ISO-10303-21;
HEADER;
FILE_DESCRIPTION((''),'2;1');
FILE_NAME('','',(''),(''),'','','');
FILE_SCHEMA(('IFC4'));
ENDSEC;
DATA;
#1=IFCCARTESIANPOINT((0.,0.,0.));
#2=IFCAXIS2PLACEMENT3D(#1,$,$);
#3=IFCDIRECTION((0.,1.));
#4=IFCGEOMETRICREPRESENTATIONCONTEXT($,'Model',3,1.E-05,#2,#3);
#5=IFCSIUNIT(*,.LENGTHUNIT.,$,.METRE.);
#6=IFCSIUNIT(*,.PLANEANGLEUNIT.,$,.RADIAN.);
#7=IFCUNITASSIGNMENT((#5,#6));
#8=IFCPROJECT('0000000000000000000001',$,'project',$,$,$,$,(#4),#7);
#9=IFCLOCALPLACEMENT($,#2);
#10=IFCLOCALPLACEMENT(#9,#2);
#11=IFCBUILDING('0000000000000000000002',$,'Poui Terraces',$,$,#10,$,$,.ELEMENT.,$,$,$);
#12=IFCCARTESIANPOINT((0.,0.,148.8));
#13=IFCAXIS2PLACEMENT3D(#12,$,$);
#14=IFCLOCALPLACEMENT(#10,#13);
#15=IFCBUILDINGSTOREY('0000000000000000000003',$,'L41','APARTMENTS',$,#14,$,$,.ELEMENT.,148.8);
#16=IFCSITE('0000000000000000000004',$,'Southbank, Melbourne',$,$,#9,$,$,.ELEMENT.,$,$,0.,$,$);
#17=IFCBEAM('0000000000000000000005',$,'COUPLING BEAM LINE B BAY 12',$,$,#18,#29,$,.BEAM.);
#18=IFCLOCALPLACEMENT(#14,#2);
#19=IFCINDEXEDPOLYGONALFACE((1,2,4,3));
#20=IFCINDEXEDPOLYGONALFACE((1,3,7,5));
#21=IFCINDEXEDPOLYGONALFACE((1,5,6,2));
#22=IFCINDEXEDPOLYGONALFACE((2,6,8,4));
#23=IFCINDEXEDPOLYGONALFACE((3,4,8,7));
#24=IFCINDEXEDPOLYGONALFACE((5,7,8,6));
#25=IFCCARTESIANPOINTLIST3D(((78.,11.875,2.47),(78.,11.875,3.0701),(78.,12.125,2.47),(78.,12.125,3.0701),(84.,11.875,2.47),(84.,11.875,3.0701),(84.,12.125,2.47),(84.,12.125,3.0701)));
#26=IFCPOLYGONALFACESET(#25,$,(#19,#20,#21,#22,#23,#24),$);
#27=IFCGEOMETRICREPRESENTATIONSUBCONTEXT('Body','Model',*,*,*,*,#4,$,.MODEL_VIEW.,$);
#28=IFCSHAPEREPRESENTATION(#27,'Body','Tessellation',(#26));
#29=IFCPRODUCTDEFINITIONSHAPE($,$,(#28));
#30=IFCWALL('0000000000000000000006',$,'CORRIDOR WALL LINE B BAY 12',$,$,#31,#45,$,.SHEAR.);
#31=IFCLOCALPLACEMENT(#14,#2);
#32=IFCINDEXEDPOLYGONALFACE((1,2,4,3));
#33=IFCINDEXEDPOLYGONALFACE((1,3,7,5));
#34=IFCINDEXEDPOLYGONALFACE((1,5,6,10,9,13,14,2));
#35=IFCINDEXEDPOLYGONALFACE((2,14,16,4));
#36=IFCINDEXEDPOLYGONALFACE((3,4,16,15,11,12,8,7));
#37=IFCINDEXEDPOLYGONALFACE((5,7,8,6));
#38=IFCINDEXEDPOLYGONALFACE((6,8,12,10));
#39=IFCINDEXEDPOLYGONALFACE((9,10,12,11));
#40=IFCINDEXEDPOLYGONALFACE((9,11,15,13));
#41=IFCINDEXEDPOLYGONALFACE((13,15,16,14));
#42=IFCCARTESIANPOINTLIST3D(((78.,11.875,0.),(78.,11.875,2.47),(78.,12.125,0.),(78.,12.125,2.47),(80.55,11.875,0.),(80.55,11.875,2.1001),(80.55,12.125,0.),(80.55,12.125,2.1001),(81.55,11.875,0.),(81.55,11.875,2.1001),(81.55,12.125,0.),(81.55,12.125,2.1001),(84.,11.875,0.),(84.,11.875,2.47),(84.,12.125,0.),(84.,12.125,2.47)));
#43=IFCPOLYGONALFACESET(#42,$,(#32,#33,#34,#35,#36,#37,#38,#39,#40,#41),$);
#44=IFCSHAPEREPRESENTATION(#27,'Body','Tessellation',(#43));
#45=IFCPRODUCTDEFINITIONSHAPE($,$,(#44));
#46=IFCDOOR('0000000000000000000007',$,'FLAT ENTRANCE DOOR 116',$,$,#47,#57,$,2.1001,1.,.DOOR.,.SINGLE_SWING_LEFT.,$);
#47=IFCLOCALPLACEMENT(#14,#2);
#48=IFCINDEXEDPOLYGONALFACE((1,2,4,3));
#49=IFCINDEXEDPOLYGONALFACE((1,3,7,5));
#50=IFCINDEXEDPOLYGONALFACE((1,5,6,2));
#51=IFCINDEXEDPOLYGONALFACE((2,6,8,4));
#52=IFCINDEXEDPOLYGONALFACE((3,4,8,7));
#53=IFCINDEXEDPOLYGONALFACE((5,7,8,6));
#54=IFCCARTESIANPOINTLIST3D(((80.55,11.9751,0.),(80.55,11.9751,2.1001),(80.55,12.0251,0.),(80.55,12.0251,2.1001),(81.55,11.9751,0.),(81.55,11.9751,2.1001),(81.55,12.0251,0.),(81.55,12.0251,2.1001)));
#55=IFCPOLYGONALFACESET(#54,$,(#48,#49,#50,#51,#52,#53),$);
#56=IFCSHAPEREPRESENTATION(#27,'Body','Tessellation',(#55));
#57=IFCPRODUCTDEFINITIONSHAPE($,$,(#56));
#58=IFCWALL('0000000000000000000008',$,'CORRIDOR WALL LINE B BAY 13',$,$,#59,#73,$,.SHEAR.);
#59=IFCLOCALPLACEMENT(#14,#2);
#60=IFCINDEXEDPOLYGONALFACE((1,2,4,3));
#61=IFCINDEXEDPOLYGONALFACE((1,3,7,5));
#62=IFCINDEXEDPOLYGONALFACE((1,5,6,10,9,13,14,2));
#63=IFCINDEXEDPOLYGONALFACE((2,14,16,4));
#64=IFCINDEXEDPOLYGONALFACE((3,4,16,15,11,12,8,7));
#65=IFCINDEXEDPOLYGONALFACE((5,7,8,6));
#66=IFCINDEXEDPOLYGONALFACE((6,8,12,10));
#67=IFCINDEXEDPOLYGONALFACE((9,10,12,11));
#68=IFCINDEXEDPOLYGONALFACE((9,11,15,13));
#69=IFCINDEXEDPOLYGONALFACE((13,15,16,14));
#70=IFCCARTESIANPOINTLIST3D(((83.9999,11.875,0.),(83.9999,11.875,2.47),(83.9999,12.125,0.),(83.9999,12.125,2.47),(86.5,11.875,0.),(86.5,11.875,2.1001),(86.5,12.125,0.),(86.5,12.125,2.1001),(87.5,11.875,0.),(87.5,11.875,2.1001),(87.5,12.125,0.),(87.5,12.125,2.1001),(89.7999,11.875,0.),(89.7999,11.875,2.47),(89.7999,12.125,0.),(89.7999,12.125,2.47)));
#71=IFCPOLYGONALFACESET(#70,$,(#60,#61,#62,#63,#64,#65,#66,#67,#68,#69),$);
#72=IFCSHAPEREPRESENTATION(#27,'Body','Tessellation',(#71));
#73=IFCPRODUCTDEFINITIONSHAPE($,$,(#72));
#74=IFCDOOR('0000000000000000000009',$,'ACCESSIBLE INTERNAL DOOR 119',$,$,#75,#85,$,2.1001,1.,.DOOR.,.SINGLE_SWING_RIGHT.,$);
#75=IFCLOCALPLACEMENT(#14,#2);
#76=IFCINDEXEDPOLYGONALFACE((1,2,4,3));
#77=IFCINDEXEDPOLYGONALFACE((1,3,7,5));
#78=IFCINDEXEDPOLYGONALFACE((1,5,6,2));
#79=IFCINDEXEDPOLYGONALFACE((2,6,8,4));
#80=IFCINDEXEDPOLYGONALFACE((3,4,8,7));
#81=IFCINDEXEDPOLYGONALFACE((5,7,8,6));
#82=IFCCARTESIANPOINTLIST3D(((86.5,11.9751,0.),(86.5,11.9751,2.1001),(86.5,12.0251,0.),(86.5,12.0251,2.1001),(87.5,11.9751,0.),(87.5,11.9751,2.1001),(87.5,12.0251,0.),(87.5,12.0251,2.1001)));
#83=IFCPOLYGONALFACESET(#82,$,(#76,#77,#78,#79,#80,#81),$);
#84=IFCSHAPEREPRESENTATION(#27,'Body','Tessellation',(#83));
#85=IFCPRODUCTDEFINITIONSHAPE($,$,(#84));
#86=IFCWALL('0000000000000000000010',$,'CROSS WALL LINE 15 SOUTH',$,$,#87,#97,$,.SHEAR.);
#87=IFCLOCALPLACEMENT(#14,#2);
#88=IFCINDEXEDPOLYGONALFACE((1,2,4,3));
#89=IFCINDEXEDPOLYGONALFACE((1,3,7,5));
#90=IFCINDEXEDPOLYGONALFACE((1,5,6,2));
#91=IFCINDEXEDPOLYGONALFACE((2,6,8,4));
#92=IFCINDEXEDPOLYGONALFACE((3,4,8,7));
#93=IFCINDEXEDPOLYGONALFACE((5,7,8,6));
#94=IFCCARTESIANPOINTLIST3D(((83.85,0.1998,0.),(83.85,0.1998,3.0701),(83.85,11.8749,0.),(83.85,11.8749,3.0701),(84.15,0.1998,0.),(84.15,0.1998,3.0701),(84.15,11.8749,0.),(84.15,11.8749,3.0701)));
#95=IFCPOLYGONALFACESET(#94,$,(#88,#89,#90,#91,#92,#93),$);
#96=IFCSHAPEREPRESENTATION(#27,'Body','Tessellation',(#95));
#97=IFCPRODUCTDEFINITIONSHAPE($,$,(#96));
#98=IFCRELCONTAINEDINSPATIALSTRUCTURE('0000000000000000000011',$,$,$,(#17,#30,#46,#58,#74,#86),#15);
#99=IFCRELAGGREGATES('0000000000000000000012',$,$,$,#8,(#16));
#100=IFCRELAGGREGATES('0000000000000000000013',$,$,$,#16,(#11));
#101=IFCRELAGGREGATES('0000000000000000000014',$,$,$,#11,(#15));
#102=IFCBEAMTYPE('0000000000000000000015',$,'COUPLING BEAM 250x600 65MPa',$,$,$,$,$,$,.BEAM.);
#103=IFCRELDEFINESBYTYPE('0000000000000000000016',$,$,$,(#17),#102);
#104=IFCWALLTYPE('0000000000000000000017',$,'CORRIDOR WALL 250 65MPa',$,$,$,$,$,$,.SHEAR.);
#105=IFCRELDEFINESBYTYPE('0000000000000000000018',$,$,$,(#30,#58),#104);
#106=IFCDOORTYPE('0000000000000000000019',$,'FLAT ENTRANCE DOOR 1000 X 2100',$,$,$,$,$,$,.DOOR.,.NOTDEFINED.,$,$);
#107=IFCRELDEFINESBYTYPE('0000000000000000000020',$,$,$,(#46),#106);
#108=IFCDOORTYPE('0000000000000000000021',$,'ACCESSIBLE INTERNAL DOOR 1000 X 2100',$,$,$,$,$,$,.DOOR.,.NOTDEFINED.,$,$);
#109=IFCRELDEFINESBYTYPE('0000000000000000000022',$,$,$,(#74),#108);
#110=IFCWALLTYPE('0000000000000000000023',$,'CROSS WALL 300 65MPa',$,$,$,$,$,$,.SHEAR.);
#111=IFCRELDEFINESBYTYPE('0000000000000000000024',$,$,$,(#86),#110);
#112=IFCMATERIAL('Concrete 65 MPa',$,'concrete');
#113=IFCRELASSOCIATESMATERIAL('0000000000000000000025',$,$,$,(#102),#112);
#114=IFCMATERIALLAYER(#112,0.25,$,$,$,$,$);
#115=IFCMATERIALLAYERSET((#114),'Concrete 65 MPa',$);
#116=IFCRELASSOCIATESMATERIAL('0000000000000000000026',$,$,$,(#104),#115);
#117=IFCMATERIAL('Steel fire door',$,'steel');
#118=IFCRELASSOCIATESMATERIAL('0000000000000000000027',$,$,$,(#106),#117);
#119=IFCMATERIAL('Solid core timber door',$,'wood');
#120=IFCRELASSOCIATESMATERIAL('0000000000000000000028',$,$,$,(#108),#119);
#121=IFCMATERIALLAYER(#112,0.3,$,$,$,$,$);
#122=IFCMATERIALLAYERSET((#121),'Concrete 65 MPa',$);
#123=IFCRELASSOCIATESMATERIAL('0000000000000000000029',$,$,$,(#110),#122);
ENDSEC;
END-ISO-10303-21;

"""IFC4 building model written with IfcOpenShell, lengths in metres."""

from ifc_helpers import new_model, si_unit, direction, frame, frame_2d, origin, origin_2d, place, context, subcontext, project, spatial, rectangle, extrude, source, transform, mapped, material, layer, layer_set, material_profile, profile_set, type_object, element, fill, save


model = new_model("IFC4")

# Units and contexts
model_context = context("Model", 3, precision=1e-05, world=origin(), true_north=direction((0.0, 1.0)))
body_context = subcontext(model_context, "Body", "Model", "MODEL_VIEW")
ifc_project = project(units=[si_unit("LENGTHUNIT", "METRE"), si_unit("PLANEANGLEUNIT", "RADIAN")], contexts=[model_context])

# Site, building, storey
site_placement = place(None, origin())
site = spatial("IfcSite", under=ifc_project, at=site_placement, Name="Southbank, Melbourne", CompositionType="ELEMENT", RefElevation=0.0)
building_placement = place(site_placement, origin())
building = spatial("IfcBuilding", under=site, at=building_placement, Name="Poui Terraces", CompositionType="ELEMENT")
storey_placement = place(building_placement, frame((0.0, 0.0, 148.8)))
storey = spatial("IfcBuildingStorey", under=building, at=storey_placement, Name="L41", Description="APARTMENTS", CompositionType="ELEMENT", Elevation=148.8)

# Beam
ifc_material_1 = material(Name="Concrete 65 MPa", Category="concrete")
ifc_material_profile = material_profile(ifc_material_1, rectangle(XDim=0.25, YDim=0.6001, at=origin_2d()), Name="RC 250x600")
ifc_profile_set = profile_set([ifc_material_profile], Name="Concrete 65 MPa")
beam_type = type_object("IfcBeamType", Name="COUPLING BEAM 250x600 65MPa", PredefinedType="BEAM", material=ifc_profile_set)
shared_shape = source(origin(), body_context, "Body", "SweptSolid", [
    extrude(rectangle(XDim=0.25, YDim=0.6001, at=origin_2d()), origin(), (0.0, 0.0, 1.0), 6.0),
])
beam_placement = place(storey_placement, frame((78.0, 12.0, 2.77), z_axis=(1.0, 0.0, 0.0), x_axis=(0.0, 1.0, 0.0)))
element("IfcBeam", 1, at=beam_placement, inside=storey, type_object=beam_type, Name="COUPLING BEAM LINE B BAY 12", PredefinedType="BEAM", context=body_context, shape_type="MappedRepresentation", body=[
    mapped(shared_shape, transform((0.0, 0.0, 0.0))),
])

# Walls, openings, doors
ifc_layer_1 = layer(ifc_material_1, 0.25)
ifc_layer_set_1 = layer_set([ifc_layer_1], Name="Concrete 65 MPa")
wall_type_1 = type_object("IfcWallType", Name="CORRIDOR WALL 250 65MPa", PredefinedType="SHEAR", material=ifc_layer_set_1)
wall_1_placement = place(storey_placement, frame((78.0, 12.0, 0.0), z_axis=(0.0, 0.0, 1.0), x_axis=(1.0, 0.0, 0.0)))
wall_1 = element("IfcWall", 2, at=wall_1_placement, inside=storey, type_object=wall_type_1, Name="CORRIDOR WALL LINE B BAY 12", PredefinedType="SHEAR", context=body_context, shape_type="SweptSolid", body=[
    extrude(rectangle(XDim=6.0, YDim=0.25, at=frame_2d((3.0, 0.0))), origin(), (0.0, 0.0, 1.0), 2.47),
])
opening_1_placement = place(wall_1_placement, frame((2.55, 0.0, 0.0)))
opening_1 = element("IfcOpeningElement", 3, at=opening_1_placement, cuts=wall_1, PredefinedType="OPENING", context=body_context, shape_type="SweptSolid", body=[
    extrude(rectangle(XDim=1.0, YDim=2.1001, at=frame_2d((0.5, 1.05))), frame((0.0, 0.135, 0.0), z_axis=(0.0, -1.0, 0.0), x_axis=(1.0, 0.0, 0.0)), (0.0, 0.0, 1.0), 0.27),
])
ifc_material_2 = material(Name="Steel fire door", Category="steel")
door_type_1 = type_object("IfcDoorType", Name="FLAT ENTRANCE DOOR 1000 X 2100", OperationType="NOTDEFINED", PredefinedType="DOOR", material=ifc_material_2)
door_1_placement = place(opening_1_placement, frame((1.0, 0.0, 0.0), z_axis=(0.0, 0.0, 1.0), x_axis=(-1.0, 0.0, 0.0)))
door_1 = element("IfcDoor", 4, at=door_1_placement, inside=storey, type_object=door_type_1, Name="FLAT ENTRANCE DOOR 116", OperationType="SINGLE_SWING_LEFT", OverallHeight=2.1001, OverallWidth=1.0, PredefinedType="DOOR", context=body_context, shape_type="SweptSolid", body=[
    extrude(rectangle(XDim=1.0, YDim=2.1001, at=frame_2d((0.5, 1.05))), frame((0.0, 0.0249, 0.0), z_axis=(0.0, -1.0, 0.0), x_axis=(1.0, 0.0, 0.0)), (0.0, 0.0, 1.0), 0.05),
])
fill(opening_1, door_1)
wall_2_placement = place(storey_placement, frame((84.0, 12.0, 0.0), z_axis=(0.0, 0.0, 1.0), x_axis=(1.0, 0.0, 0.0)))
wall_2 = element("IfcWall", 5, at=wall_2_placement, inside=storey, type_object=wall_type_1, Name="CORRIDOR WALL LINE B BAY 13", PredefinedType="SHEAR", context=body_context, shape_type="SweptSolid", body=[
    extrude(rectangle(XDim=5.8, YDim=0.25, at=frame_2d((2.8999, 0.0))), origin(), (0.0, 0.0, 1.0), 2.47),
])
opening_2_placement = place(wall_2_placement, frame((2.5, 0.0, 0.0)))
opening_2 = element("IfcOpeningElement", 6, at=opening_2_placement, cuts=wall_2, PredefinedType="OPENING", context=body_context, shape_type="SweptSolid", body=[
    extrude(rectangle(XDim=1.0, YDim=2.1001, at=frame_2d((0.5, 1.05))), frame((0.0, 0.135, 0.0), z_axis=(0.0, -1.0, 0.0), x_axis=(1.0, 0.0, 0.0)), (0.0, 0.0, 1.0), 0.27),
])
ifc_material_3 = material(Name="Solid core timber door", Category="wood")
door_type_2 = type_object("IfcDoorType", Name="ACCESSIBLE INTERNAL DOOR 1000 X 2100", OperationType="NOTDEFINED", PredefinedType="DOOR", material=ifc_material_3)
door_2_placement = place(opening_2_placement, frame((1.0, 0.0, 0.0), z_axis=(0.0, 0.0, 1.0), x_axis=(-1.0, 0.0, 0.0)))
door_2 = element("IfcDoor", 7, at=door_2_placement, inside=storey, type_object=door_type_2, Name="ACCESSIBLE INTERNAL DOOR 119", OperationType="SINGLE_SWING_RIGHT", OverallHeight=2.1001, OverallWidth=1.0, PredefinedType="DOOR", context=body_context, shape_type="SweptSolid", body=[
    extrude(rectangle(XDim=1.0, YDim=2.1001, at=frame_2d((0.5, 1.05))), frame((0.0, 0.0249, 0.0), z_axis=(0.0, -1.0, 0.0), x_axis=(1.0, 0.0, 0.0)), (0.0, 0.0, 1.0), 0.05),
])
fill(opening_2, door_2)

# Wall
ifc_layer_2 = layer(ifc_material_1, 0.3)
ifc_layer_set_2 = layer_set([ifc_layer_2], Name="Concrete 65 MPa")
wall_type_2 = type_object("IfcWallType", Name="CROSS WALL 300 65MPa", PredefinedType="SHEAR", material=ifc_layer_set_2)
wall_3_placement = place(storey_placement, frame((84.0, 0.2, 0.0), z_axis=(0.0, 0.0, 1.0), x_axis=(0.0, 1.0, 0.0)))
element("IfcWall", 8, at=wall_3_placement, inside=storey, type_object=wall_type_2, Name="CROSS WALL LINE 15 SOUTH", PredefinedType="SHEAR", context=body_context, shape_type="SweptSolid", body=[
    extrude(rectangle(XDim=11.675, YDim=0.3, at=frame_2d((5.8374, 0.0))), origin(), (0.0, 0.0, 1.0), 3.0701),
])

save(model, "model.ifc")
